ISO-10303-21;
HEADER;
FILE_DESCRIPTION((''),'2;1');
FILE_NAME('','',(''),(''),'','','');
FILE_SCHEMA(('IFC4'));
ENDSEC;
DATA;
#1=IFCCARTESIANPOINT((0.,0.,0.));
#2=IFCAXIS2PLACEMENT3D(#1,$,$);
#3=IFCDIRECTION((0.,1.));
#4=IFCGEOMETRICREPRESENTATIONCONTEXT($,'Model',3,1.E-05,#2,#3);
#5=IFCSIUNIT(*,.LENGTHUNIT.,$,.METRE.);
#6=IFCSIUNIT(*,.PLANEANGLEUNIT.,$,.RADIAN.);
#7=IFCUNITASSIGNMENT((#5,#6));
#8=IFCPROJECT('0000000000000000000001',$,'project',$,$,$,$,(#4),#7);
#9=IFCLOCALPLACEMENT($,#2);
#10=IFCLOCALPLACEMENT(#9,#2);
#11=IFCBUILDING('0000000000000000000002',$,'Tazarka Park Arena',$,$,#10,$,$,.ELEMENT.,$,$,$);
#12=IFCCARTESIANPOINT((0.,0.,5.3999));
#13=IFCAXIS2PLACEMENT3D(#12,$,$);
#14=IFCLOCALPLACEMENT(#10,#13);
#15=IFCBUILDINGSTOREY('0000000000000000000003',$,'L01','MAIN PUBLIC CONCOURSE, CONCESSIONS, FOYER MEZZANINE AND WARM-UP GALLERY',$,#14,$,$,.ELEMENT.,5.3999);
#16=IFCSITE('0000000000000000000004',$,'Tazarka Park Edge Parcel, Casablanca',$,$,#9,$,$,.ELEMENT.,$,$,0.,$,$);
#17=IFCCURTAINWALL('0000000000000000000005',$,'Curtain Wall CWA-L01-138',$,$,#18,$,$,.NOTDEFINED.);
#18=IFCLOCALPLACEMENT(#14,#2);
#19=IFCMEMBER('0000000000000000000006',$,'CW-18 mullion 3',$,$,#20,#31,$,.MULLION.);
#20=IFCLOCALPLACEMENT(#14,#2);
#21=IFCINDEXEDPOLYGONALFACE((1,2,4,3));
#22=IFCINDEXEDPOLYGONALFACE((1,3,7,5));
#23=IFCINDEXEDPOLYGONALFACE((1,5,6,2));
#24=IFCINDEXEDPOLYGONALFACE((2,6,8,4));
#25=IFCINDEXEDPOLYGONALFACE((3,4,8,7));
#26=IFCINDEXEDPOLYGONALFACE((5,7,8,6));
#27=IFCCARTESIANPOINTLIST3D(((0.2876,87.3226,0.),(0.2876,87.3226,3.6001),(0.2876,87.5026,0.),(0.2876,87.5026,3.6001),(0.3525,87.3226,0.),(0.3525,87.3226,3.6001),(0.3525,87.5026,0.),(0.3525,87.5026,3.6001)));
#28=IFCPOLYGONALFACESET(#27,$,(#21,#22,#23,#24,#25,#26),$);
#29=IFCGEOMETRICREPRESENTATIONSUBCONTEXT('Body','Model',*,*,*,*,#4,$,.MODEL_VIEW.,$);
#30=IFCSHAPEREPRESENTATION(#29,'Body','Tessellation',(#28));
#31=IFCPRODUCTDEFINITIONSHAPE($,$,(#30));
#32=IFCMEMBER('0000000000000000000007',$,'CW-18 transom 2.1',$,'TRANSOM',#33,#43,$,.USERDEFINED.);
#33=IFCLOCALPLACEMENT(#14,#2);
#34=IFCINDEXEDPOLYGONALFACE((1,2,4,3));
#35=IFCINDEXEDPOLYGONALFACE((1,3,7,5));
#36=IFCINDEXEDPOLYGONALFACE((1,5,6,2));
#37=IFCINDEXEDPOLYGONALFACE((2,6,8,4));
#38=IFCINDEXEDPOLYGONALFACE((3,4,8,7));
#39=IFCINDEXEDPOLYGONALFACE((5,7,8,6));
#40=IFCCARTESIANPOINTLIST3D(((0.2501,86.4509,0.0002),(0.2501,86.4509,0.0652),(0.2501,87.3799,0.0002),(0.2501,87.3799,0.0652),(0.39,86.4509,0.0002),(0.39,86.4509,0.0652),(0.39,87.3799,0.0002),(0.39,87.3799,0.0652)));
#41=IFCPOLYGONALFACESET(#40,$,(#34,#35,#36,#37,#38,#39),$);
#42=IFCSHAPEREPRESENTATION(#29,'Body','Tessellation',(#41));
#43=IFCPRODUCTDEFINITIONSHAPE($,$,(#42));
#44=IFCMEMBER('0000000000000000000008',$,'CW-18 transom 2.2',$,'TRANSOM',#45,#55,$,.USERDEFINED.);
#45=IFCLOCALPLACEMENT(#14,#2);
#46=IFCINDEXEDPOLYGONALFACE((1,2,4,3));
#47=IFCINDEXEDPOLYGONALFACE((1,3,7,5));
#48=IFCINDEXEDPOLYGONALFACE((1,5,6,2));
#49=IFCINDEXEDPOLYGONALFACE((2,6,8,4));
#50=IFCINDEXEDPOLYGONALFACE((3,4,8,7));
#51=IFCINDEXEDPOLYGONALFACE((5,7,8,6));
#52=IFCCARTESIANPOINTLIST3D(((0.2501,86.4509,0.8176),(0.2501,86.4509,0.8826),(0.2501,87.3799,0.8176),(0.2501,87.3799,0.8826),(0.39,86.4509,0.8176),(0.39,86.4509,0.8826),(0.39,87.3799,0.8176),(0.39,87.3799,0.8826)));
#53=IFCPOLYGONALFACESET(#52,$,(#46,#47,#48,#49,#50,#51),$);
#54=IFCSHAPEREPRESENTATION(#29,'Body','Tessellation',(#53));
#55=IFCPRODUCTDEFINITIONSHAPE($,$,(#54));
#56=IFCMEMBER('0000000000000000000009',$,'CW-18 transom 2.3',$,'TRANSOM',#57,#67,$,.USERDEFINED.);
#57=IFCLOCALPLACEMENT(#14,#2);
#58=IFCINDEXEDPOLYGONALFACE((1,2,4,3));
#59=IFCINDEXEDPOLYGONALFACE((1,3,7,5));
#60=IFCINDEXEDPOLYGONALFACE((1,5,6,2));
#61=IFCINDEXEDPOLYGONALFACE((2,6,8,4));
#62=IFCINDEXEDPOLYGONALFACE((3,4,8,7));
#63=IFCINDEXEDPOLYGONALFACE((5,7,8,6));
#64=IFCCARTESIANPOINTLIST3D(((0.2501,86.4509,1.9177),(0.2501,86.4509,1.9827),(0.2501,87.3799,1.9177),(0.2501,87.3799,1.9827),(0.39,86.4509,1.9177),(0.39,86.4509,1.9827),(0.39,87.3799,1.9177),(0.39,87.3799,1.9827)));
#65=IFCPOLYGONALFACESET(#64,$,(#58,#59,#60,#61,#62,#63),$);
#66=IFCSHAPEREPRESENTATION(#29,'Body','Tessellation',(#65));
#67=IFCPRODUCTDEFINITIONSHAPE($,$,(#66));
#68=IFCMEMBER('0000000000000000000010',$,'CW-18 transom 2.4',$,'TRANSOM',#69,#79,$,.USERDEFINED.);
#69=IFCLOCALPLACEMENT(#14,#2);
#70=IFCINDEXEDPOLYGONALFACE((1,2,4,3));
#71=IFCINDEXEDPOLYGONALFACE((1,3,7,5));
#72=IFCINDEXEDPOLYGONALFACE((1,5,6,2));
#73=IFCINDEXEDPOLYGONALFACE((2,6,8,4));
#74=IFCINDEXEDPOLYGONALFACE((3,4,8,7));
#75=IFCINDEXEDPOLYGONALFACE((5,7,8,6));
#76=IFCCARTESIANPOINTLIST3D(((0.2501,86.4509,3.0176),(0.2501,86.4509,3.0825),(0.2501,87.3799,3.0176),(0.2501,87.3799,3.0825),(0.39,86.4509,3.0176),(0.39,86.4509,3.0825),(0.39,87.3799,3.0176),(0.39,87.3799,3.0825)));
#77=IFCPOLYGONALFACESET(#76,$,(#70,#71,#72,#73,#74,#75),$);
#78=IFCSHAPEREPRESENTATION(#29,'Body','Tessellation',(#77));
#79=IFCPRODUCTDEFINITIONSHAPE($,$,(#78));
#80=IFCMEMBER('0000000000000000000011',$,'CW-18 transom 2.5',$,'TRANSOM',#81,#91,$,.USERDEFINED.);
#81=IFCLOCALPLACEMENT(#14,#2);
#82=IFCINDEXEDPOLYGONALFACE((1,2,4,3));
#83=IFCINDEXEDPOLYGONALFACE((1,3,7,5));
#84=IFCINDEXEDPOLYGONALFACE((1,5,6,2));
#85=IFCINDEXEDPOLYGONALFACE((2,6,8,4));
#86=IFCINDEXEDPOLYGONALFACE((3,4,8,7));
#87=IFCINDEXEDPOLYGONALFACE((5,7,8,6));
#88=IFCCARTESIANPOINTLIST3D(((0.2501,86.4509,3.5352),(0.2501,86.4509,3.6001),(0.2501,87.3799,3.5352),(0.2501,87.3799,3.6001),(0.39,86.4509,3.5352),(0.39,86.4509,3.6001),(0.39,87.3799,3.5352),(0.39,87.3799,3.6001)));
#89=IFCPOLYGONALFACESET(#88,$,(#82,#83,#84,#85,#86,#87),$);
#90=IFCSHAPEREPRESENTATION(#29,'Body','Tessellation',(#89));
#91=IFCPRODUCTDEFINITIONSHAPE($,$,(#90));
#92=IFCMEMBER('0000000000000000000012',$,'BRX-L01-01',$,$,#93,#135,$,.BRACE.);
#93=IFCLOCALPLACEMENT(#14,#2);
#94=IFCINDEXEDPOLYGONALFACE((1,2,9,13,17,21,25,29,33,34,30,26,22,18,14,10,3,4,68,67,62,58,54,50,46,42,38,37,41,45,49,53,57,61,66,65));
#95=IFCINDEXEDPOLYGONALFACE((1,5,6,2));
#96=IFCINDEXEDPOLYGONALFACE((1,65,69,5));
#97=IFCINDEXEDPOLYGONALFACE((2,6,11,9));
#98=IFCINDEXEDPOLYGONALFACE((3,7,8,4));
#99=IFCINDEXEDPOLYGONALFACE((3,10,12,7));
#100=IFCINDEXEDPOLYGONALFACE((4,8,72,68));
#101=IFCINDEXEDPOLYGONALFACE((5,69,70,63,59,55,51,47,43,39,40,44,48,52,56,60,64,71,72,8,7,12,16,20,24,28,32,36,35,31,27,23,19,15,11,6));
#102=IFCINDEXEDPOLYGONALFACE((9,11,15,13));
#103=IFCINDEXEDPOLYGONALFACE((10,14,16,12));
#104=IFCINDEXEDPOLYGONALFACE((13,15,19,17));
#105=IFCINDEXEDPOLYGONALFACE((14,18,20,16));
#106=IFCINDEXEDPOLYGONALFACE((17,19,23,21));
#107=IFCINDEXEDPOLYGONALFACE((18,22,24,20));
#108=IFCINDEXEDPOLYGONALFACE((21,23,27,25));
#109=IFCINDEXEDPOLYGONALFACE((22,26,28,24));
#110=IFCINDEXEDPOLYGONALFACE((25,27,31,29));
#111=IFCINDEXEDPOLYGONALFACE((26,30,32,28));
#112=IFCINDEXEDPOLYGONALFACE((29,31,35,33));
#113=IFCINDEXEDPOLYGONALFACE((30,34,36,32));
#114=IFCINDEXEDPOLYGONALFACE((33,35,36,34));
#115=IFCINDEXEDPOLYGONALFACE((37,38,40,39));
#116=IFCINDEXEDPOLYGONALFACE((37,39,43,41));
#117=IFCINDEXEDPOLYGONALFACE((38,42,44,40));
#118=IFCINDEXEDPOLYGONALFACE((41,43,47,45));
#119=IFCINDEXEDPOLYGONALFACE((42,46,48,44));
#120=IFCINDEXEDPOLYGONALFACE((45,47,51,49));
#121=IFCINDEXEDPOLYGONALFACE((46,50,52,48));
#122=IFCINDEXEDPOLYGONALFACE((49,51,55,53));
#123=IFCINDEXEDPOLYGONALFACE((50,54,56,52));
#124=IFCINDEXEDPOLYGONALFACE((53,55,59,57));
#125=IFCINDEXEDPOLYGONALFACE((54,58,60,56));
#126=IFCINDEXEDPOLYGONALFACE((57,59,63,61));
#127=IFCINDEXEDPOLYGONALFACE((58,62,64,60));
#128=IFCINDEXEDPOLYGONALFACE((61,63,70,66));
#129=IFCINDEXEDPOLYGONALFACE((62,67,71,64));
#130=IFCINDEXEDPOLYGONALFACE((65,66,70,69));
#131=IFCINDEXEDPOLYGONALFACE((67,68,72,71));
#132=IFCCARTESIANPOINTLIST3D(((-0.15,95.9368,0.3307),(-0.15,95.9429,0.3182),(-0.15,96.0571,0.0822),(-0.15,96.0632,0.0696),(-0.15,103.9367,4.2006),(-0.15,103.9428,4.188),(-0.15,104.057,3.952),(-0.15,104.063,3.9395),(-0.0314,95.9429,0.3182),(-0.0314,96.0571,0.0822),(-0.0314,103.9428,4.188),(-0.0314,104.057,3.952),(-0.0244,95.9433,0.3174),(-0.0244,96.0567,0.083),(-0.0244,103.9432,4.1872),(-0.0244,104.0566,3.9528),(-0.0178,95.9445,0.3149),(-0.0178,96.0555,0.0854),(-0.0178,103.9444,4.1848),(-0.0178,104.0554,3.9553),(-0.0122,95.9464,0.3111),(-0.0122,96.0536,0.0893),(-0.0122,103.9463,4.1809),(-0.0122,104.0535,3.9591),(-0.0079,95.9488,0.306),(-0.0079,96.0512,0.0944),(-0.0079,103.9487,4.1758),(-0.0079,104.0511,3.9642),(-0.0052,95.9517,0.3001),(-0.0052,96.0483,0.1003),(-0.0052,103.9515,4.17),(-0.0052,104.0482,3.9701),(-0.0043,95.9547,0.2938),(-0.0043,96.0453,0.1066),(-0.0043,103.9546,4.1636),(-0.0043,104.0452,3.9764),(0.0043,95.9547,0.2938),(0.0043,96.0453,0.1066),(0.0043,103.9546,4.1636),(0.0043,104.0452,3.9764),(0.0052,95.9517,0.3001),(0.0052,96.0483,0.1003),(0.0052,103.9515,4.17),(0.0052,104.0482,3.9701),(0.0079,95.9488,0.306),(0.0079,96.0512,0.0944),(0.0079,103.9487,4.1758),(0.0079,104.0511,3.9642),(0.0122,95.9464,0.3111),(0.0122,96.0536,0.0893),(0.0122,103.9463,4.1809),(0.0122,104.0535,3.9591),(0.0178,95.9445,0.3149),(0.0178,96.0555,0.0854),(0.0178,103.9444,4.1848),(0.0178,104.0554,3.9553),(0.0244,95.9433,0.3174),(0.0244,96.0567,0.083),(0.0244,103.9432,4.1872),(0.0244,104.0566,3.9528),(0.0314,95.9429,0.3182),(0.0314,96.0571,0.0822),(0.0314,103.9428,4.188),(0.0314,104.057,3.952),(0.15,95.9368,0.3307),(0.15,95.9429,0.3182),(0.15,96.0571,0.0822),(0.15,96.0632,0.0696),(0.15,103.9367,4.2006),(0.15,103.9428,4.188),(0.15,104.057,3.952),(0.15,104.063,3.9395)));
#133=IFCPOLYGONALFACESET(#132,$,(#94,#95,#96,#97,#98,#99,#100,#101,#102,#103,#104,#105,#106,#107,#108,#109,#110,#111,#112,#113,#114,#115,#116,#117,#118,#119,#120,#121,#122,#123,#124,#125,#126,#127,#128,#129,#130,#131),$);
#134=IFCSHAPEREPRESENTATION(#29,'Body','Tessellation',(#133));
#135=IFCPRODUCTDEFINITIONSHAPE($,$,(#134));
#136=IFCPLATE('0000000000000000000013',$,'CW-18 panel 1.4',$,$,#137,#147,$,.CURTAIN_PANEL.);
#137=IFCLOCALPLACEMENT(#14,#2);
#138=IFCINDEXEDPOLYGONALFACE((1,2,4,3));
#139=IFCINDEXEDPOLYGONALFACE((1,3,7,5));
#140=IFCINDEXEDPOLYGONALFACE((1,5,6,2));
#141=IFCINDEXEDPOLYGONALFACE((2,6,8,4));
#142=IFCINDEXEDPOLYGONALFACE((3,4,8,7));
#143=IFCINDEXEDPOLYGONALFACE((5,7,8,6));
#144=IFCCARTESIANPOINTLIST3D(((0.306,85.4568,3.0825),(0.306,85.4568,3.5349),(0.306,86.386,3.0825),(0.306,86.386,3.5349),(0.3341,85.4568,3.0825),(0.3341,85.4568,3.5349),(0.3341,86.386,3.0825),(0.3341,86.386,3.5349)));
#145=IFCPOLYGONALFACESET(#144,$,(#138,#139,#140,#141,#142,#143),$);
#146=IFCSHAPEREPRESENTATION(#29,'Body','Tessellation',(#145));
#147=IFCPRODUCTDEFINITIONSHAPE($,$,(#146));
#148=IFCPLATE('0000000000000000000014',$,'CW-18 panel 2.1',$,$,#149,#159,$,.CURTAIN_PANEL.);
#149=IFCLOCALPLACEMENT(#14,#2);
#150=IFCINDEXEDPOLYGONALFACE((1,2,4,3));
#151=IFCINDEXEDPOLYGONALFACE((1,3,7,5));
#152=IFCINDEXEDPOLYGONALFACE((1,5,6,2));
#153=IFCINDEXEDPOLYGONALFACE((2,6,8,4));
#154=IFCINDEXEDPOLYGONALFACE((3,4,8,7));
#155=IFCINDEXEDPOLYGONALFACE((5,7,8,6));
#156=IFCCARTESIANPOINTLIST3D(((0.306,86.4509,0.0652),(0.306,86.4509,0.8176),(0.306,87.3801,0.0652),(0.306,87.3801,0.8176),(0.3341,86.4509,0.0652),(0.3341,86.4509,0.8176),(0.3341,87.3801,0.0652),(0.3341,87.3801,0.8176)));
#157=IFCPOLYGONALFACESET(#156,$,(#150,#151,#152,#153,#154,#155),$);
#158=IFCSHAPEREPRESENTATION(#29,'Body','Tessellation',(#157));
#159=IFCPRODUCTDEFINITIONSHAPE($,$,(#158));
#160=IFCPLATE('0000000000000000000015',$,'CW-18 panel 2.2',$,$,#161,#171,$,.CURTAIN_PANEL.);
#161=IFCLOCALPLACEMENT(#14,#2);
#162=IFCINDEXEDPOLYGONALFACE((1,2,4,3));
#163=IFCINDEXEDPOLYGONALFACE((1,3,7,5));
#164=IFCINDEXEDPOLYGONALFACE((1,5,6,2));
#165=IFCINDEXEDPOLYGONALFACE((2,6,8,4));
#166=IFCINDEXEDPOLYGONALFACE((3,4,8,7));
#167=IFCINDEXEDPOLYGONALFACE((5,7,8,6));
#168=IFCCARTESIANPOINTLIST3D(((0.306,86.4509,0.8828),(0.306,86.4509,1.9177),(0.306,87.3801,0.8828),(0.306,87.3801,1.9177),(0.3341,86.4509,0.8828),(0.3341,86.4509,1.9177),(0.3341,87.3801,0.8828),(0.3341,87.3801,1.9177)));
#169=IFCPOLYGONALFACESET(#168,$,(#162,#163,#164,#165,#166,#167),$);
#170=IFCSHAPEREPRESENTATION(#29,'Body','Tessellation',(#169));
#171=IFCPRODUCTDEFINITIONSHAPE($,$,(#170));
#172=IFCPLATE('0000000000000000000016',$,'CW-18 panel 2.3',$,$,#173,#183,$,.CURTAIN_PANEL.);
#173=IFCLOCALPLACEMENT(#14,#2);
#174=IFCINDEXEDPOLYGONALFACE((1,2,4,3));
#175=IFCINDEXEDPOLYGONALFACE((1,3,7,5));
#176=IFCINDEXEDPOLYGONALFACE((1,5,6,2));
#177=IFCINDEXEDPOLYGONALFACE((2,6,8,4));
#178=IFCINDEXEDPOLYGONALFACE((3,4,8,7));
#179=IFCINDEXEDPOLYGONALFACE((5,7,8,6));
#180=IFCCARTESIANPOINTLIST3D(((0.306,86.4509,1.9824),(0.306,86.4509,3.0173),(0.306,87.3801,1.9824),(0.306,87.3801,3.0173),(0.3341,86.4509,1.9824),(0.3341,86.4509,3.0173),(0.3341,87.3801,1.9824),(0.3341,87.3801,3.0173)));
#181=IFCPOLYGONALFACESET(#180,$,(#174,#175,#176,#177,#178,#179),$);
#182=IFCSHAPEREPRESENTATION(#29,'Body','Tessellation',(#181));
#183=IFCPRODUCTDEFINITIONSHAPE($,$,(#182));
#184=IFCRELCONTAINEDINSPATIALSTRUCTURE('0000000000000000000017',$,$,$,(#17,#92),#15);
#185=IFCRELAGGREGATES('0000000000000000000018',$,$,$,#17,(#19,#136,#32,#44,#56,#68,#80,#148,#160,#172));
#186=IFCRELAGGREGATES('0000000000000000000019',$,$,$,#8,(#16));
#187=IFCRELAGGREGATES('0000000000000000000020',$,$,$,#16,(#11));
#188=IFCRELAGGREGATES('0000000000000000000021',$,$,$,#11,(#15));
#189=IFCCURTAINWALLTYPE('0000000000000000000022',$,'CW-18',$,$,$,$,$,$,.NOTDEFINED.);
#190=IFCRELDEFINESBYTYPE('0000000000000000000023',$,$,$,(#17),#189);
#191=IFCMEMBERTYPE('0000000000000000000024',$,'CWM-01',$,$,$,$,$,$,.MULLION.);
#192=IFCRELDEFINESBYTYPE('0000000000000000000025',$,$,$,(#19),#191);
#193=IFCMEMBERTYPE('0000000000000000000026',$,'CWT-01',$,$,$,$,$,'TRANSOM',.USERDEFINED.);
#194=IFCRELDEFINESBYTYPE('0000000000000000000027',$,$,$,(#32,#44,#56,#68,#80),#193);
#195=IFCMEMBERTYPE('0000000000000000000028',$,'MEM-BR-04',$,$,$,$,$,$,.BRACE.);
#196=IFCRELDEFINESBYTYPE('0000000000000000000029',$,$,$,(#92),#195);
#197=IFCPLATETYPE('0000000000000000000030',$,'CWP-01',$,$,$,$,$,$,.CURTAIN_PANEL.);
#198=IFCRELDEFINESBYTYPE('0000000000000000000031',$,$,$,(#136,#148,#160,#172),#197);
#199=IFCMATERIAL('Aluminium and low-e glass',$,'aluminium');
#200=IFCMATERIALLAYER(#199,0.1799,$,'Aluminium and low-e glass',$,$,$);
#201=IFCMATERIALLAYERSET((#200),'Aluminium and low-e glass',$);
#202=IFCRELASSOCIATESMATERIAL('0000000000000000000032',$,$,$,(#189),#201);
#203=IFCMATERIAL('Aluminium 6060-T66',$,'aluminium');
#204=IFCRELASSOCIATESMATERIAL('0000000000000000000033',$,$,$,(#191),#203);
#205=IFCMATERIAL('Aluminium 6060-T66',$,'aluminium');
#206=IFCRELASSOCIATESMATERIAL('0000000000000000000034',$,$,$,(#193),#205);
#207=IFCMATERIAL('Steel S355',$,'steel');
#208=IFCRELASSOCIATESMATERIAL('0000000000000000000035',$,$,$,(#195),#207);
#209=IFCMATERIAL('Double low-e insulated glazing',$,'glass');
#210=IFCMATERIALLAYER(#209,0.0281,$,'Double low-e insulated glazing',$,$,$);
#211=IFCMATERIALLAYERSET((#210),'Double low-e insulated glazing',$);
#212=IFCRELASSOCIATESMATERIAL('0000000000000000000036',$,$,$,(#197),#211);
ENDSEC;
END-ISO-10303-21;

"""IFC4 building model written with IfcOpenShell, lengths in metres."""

from ifc_helpers import new_model, si_unit, direction, frame, origin, origin_2d, place, context, subcontext, project, spatial, rectangle, i_section, extrude, material, layer, layer_set, material_profile, profile_set, type_object, element, aggregate, save


model = new_model("IFC4")

# Units and contexts
model_context = context("Model", 3, precision=1e-05, world=origin(), true_north=direction((0.0, 1.0)))
body_context = subcontext(model_context, "Body", "Model", "MODEL_VIEW")
ifc_project = project(units=[si_unit("LENGTHUNIT", "METRE"), si_unit("PLANEANGLEUNIT", "RADIAN")], contexts=[model_context])

# Site, building, storey
site_placement = place(None, origin())
site = spatial("IfcSite", under=ifc_project, at=site_placement, Name="Tazarka Park Edge Parcel, Casablanca", CompositionType="ELEMENT", RefElevation=0.0)
building_placement = place(site_placement, origin())
building = spatial("IfcBuilding", under=site, at=building_placement, Name="Tazarka Park Arena", CompositionType="ELEMENT")
storey_placement = place(building_placement, frame((0.0, 0.0, 5.3999)))
storey = spatial("IfcBuildingStorey", under=building, at=storey_placement, Name="L01", Description="MAIN PUBLIC CONCOURSE, CONCESSIONS, FOYER MEZZANINE AND WARM-UP GALLERY", CompositionType="ELEMENT", Elevation=5.3999)

# Curtain wall, members
ifc_material_1 = material(Name="Aluminium and low-e glass", Category="aluminium")
ifc_layer_1 = layer(ifc_material_1, 0.1799, Name="Aluminium and low-e glass")
ifc_layer_set_1 = layer_set([ifc_layer_1], Name="Aluminium and low-e glass")
curtain_wall_type = type_object("IfcCurtainWallType", Name="CW-18", PredefinedType="NOTDEFINED", material=ifc_layer_set_1)
curtain_wall_placement = place(storey_placement, origin())
curtain_wall = element("IfcCurtainWall", 1, at=curtain_wall_placement, inside=storey, type_object=curtain_wall_type, Name="Curtain Wall CWA-L01-138", PredefinedType="NOTDEFINED")
ifc_material_2 = material(Name="Aluminium 6060-T66", Category="aluminium")
ifc_material_profile_1 = material_profile(ifc_material_2, rectangle(XDim=0.0649, YDim=0.1799, at=origin_2d()), Name="Aluminium 6060-T66")
ifc_profile_set_1 = profile_set([ifc_material_profile_1], Name="Aluminium 6060-T66")
member_type_1 = type_object("IfcMemberType", Name="CWM-01", PredefinedType="MULLION", material=ifc_profile_set_1)
member_1_placement = place(storey_placement, frame((0.3201, 87.4126, 0.0), z_axis=(0.0, 0.0, 1.0), x_axis=(-1.0, 0.0, 0.0)))
member_1 = element("IfcMember", 2, at=member_1_placement, type_object=member_type_1, Name="CW-18 mullion 3", PredefinedType="MULLION", context=body_context, shape_type="SweptSolid", body=[
    extrude(rectangle(XDim=0.0649, YDim=0.1799, at=origin_2d()), origin(), (0.0, 0.0, 1.0), 3.6001),
])
ifc_material_3 = material(Name="Aluminium 6060-T66", Category="aluminium")
ifc_material_profile_2 = material_profile(ifc_material_3, rectangle(XDim=0.1399, YDim=0.0649, at=origin_2d()), Name="Aluminium 6060-T66")
ifc_profile_set_2 = profile_set([ifc_material_profile_2], Name="Aluminium 6060-T66")
member_type_2 = type_object("IfcMemberType", Name="CWT-01", ElementType="TRANSOM", PredefinedType="USERDEFINED", material=ifc_profile_set_2)
member_2_placement = place(storey_placement, frame((0.3201, 86.4509, 0.0327), z_axis=(0.0, 1.0, 0.0), x_axis=(-1.0, 0.0, 0.0)))
member_2 = element("IfcMember", 3, at=member_2_placement, type_object=member_type_2, Name="CW-18 transom 2.1", ObjectType="TRANSOM", PredefinedType="USERDEFINED", context=body_context, shape_type="SweptSolid", body=[
    extrude(rectangle(XDim=0.1399, YDim=0.0649, at=origin_2d()), origin(), (0.0, 0.0, 1.0), 0.929),
])
member_3_placement = place(storey_placement, frame((0.3201, 86.4509, 0.8501), z_axis=(0.0, 1.0, 0.0), x_axis=(-1.0, 0.0, 0.0)))
member_3 = element("IfcMember", 4, at=member_3_placement, type_object=member_type_2, Name="CW-18 transom 2.2", ObjectType="TRANSOM", PredefinedType="USERDEFINED", context=body_context, shape_type="SweptSolid", body=[
    extrude(rectangle(XDim=0.1399, YDim=0.0649, at=origin_2d()), origin(), (0.0, 0.0, 1.0), 0.929),
])
member_4_placement = place(storey_placement, frame((0.3201, 86.4509, 1.9502), z_axis=(0.0, 1.0, 0.0), x_axis=(-1.0, 0.0, 0.0)))
member_4 = element("IfcMember", 5, at=member_4_placement, type_object=member_type_2, Name="CW-18 transom 2.3", ObjectType="TRANSOM", PredefinedType="USERDEFINED", context=body_context, shape_type="SweptSolid", body=[
    extrude(rectangle(XDim=0.1399, YDim=0.0649, at=origin_2d()), origin(), (0.0, 0.0, 1.0), 0.929),
])
member_5_placement = place(storey_placement, frame((0.3201, 86.4509, 3.05), z_axis=(0.0, 1.0, 0.0), x_axis=(-1.0, 0.0, 0.0)))
member_5 = element("IfcMember", 6, at=member_5_placement, type_object=member_type_2, Name="CW-18 transom 2.4", ObjectType="TRANSOM", PredefinedType="USERDEFINED", context=body_context, shape_type="SweptSolid", body=[
    extrude(rectangle(XDim=0.1399, YDim=0.0649, at=origin_2d()), origin(), (0.0, 0.0, 1.0), 0.929),
])
member_6_placement = place(storey_placement, frame((0.3201, 86.4509, 3.5676), z_axis=(0.0, 1.0, 0.0), x_axis=(-1.0, 0.0, 0.0)))
member_6 = element("IfcMember", 7, at=member_6_placement, type_object=member_type_2, Name="CW-18 transom 2.5", ObjectType="TRANSOM", PredefinedType="USERDEFINED", context=body_context, shape_type="SweptSolid", body=[
    extrude(rectangle(XDim=0.1399, YDim=0.0649, at=origin_2d()), origin(), (0.0, 0.0, 1.0), 0.929),
])

# Member
ifc_material_4 = material(Name="Steel S355", Category="steel")
ifc_material_profile_3 = material_profile(ifc_material_4, i_section(OverallWidth=0.3, OverallDepth=0.29, WebThickness=0.0085, FlangeThickness=0.0139, FilletRadius=0.0271, at=origin_2d()), Name="Steel S355")
ifc_profile_set_3 = profile_set([ifc_material_profile_3], Name="Steel S355")
member_type_3 = type_object("IfcMemberType", Name="MEM-BR-04", PredefinedType="BRACE", material=ifc_profile_set_3)
member_7_placement = place(storey_placement, frame((0.0, 96.0, 0.2002), z_axis=(0.0, 0.900208, 0.435461), x_axis=(-1.0, 0.0, 0.0)))
element("IfcMember", 8, at=member_7_placement, inside=storey, type_object=member_type_3, Name="BRX-L01-01", PredefinedType="BRACE", context=body_context, shape_type="SweptSolid", body=[
    extrude(i_section(OverallWidth=0.3, OverallDepth=0.29, WebThickness=0.0085, FlangeThickness=0.0139, FilletRadius=0.0271, at=origin_2d()), origin(), (0.0, 0.0, 1.0), 8.8867),
])

# Plates
ifc_material_5 = material(Name="Double low-e insulated glazing", Category="glass")
ifc_layer_2 = layer(ifc_material_5, 0.0281, Name="Double low-e insulated glazing")
ifc_layer_set_2 = layer_set([ifc_layer_2], Name="Double low-e insulated glazing")
plate_type_1 = type_object("IfcPlateType", Name="CWP-01", PredefinedType="CURTAIN_PANEL", material=ifc_layer_set_2)
plate_1_placement = place(storey_placement, frame((0.3201, 85.9214, 3.0825), z_axis=(0.0, 0.0, 1.0), x_axis=(0.0, 1.0, 0.0)))
plate_1 = element("IfcPlate", 9, at=plate_1_placement, type_object=plate_type_1, Name="CW-18 panel 1.4", PredefinedType="CURTAIN_PANEL", context=body_context, shape_type="SweptSolid", body=[
    extrude(rectangle(XDim=0.9292, YDim=0.0281, at=origin_2d()), origin(), (0.0, 0.0, 1.0), 0.4524),
])
plate_2_placement = place(storey_placement, frame((0.3201, 86.9155, 0.0652), z_axis=(0.0, 0.0, 1.0), x_axis=(0.0, 1.0, 0.0)))
plate_2 = element("IfcPlate", 10, at=plate_2_placement, type_object=plate_type_1, Name="CW-18 panel 2.1", PredefinedType="CURTAIN_PANEL", context=body_context, shape_type="SweptSolid", body=[
    extrude(rectangle(XDim=0.9292, YDim=0.0281, at=origin_2d()), origin(), (0.0, 0.0, 1.0), 0.7524),
])
plate_3_placement = place(storey_placement, frame((0.3201, 86.9155, 0.8828), z_axis=(0.0, 0.0, 1.0), x_axis=(0.0, 1.0, 0.0)))
plate_3 = element("IfcPlate", 11, at=plate_3_placement, type_object=plate_type_1, Name="CW-18 panel 2.2", PredefinedType="CURTAIN_PANEL", context=body_context, shape_type="SweptSolid", body=[
    extrude(rectangle(XDim=0.9292, YDim=0.0281, at=origin_2d()), origin(), (0.0, 0.0, 1.0), 1.0349),
])
plate_4_placement = place(storey_placement, frame((0.3201, 86.9155, 1.9824), z_axis=(0.0, 0.0, 1.0), x_axis=(0.0, 1.0, 0.0)))
plate_4 = element("IfcPlate", 12, at=plate_4_placement, type_object=plate_type_1, Name="CW-18 panel 2.3", PredefinedType="CURTAIN_PANEL", context=body_context, shape_type="SweptSolid", body=[
    extrude(rectangle(XDim=0.9292, YDim=0.0281, at=origin_2d()), origin(), (0.0, 0.0, 1.0), 1.0349),
])
aggregate(curtain_wall, [member_1, plate_1, member_2, member_3, member_4, member_5, member_6, plate_2, plate_3, plate_4])

save(model, "model.ifc")
